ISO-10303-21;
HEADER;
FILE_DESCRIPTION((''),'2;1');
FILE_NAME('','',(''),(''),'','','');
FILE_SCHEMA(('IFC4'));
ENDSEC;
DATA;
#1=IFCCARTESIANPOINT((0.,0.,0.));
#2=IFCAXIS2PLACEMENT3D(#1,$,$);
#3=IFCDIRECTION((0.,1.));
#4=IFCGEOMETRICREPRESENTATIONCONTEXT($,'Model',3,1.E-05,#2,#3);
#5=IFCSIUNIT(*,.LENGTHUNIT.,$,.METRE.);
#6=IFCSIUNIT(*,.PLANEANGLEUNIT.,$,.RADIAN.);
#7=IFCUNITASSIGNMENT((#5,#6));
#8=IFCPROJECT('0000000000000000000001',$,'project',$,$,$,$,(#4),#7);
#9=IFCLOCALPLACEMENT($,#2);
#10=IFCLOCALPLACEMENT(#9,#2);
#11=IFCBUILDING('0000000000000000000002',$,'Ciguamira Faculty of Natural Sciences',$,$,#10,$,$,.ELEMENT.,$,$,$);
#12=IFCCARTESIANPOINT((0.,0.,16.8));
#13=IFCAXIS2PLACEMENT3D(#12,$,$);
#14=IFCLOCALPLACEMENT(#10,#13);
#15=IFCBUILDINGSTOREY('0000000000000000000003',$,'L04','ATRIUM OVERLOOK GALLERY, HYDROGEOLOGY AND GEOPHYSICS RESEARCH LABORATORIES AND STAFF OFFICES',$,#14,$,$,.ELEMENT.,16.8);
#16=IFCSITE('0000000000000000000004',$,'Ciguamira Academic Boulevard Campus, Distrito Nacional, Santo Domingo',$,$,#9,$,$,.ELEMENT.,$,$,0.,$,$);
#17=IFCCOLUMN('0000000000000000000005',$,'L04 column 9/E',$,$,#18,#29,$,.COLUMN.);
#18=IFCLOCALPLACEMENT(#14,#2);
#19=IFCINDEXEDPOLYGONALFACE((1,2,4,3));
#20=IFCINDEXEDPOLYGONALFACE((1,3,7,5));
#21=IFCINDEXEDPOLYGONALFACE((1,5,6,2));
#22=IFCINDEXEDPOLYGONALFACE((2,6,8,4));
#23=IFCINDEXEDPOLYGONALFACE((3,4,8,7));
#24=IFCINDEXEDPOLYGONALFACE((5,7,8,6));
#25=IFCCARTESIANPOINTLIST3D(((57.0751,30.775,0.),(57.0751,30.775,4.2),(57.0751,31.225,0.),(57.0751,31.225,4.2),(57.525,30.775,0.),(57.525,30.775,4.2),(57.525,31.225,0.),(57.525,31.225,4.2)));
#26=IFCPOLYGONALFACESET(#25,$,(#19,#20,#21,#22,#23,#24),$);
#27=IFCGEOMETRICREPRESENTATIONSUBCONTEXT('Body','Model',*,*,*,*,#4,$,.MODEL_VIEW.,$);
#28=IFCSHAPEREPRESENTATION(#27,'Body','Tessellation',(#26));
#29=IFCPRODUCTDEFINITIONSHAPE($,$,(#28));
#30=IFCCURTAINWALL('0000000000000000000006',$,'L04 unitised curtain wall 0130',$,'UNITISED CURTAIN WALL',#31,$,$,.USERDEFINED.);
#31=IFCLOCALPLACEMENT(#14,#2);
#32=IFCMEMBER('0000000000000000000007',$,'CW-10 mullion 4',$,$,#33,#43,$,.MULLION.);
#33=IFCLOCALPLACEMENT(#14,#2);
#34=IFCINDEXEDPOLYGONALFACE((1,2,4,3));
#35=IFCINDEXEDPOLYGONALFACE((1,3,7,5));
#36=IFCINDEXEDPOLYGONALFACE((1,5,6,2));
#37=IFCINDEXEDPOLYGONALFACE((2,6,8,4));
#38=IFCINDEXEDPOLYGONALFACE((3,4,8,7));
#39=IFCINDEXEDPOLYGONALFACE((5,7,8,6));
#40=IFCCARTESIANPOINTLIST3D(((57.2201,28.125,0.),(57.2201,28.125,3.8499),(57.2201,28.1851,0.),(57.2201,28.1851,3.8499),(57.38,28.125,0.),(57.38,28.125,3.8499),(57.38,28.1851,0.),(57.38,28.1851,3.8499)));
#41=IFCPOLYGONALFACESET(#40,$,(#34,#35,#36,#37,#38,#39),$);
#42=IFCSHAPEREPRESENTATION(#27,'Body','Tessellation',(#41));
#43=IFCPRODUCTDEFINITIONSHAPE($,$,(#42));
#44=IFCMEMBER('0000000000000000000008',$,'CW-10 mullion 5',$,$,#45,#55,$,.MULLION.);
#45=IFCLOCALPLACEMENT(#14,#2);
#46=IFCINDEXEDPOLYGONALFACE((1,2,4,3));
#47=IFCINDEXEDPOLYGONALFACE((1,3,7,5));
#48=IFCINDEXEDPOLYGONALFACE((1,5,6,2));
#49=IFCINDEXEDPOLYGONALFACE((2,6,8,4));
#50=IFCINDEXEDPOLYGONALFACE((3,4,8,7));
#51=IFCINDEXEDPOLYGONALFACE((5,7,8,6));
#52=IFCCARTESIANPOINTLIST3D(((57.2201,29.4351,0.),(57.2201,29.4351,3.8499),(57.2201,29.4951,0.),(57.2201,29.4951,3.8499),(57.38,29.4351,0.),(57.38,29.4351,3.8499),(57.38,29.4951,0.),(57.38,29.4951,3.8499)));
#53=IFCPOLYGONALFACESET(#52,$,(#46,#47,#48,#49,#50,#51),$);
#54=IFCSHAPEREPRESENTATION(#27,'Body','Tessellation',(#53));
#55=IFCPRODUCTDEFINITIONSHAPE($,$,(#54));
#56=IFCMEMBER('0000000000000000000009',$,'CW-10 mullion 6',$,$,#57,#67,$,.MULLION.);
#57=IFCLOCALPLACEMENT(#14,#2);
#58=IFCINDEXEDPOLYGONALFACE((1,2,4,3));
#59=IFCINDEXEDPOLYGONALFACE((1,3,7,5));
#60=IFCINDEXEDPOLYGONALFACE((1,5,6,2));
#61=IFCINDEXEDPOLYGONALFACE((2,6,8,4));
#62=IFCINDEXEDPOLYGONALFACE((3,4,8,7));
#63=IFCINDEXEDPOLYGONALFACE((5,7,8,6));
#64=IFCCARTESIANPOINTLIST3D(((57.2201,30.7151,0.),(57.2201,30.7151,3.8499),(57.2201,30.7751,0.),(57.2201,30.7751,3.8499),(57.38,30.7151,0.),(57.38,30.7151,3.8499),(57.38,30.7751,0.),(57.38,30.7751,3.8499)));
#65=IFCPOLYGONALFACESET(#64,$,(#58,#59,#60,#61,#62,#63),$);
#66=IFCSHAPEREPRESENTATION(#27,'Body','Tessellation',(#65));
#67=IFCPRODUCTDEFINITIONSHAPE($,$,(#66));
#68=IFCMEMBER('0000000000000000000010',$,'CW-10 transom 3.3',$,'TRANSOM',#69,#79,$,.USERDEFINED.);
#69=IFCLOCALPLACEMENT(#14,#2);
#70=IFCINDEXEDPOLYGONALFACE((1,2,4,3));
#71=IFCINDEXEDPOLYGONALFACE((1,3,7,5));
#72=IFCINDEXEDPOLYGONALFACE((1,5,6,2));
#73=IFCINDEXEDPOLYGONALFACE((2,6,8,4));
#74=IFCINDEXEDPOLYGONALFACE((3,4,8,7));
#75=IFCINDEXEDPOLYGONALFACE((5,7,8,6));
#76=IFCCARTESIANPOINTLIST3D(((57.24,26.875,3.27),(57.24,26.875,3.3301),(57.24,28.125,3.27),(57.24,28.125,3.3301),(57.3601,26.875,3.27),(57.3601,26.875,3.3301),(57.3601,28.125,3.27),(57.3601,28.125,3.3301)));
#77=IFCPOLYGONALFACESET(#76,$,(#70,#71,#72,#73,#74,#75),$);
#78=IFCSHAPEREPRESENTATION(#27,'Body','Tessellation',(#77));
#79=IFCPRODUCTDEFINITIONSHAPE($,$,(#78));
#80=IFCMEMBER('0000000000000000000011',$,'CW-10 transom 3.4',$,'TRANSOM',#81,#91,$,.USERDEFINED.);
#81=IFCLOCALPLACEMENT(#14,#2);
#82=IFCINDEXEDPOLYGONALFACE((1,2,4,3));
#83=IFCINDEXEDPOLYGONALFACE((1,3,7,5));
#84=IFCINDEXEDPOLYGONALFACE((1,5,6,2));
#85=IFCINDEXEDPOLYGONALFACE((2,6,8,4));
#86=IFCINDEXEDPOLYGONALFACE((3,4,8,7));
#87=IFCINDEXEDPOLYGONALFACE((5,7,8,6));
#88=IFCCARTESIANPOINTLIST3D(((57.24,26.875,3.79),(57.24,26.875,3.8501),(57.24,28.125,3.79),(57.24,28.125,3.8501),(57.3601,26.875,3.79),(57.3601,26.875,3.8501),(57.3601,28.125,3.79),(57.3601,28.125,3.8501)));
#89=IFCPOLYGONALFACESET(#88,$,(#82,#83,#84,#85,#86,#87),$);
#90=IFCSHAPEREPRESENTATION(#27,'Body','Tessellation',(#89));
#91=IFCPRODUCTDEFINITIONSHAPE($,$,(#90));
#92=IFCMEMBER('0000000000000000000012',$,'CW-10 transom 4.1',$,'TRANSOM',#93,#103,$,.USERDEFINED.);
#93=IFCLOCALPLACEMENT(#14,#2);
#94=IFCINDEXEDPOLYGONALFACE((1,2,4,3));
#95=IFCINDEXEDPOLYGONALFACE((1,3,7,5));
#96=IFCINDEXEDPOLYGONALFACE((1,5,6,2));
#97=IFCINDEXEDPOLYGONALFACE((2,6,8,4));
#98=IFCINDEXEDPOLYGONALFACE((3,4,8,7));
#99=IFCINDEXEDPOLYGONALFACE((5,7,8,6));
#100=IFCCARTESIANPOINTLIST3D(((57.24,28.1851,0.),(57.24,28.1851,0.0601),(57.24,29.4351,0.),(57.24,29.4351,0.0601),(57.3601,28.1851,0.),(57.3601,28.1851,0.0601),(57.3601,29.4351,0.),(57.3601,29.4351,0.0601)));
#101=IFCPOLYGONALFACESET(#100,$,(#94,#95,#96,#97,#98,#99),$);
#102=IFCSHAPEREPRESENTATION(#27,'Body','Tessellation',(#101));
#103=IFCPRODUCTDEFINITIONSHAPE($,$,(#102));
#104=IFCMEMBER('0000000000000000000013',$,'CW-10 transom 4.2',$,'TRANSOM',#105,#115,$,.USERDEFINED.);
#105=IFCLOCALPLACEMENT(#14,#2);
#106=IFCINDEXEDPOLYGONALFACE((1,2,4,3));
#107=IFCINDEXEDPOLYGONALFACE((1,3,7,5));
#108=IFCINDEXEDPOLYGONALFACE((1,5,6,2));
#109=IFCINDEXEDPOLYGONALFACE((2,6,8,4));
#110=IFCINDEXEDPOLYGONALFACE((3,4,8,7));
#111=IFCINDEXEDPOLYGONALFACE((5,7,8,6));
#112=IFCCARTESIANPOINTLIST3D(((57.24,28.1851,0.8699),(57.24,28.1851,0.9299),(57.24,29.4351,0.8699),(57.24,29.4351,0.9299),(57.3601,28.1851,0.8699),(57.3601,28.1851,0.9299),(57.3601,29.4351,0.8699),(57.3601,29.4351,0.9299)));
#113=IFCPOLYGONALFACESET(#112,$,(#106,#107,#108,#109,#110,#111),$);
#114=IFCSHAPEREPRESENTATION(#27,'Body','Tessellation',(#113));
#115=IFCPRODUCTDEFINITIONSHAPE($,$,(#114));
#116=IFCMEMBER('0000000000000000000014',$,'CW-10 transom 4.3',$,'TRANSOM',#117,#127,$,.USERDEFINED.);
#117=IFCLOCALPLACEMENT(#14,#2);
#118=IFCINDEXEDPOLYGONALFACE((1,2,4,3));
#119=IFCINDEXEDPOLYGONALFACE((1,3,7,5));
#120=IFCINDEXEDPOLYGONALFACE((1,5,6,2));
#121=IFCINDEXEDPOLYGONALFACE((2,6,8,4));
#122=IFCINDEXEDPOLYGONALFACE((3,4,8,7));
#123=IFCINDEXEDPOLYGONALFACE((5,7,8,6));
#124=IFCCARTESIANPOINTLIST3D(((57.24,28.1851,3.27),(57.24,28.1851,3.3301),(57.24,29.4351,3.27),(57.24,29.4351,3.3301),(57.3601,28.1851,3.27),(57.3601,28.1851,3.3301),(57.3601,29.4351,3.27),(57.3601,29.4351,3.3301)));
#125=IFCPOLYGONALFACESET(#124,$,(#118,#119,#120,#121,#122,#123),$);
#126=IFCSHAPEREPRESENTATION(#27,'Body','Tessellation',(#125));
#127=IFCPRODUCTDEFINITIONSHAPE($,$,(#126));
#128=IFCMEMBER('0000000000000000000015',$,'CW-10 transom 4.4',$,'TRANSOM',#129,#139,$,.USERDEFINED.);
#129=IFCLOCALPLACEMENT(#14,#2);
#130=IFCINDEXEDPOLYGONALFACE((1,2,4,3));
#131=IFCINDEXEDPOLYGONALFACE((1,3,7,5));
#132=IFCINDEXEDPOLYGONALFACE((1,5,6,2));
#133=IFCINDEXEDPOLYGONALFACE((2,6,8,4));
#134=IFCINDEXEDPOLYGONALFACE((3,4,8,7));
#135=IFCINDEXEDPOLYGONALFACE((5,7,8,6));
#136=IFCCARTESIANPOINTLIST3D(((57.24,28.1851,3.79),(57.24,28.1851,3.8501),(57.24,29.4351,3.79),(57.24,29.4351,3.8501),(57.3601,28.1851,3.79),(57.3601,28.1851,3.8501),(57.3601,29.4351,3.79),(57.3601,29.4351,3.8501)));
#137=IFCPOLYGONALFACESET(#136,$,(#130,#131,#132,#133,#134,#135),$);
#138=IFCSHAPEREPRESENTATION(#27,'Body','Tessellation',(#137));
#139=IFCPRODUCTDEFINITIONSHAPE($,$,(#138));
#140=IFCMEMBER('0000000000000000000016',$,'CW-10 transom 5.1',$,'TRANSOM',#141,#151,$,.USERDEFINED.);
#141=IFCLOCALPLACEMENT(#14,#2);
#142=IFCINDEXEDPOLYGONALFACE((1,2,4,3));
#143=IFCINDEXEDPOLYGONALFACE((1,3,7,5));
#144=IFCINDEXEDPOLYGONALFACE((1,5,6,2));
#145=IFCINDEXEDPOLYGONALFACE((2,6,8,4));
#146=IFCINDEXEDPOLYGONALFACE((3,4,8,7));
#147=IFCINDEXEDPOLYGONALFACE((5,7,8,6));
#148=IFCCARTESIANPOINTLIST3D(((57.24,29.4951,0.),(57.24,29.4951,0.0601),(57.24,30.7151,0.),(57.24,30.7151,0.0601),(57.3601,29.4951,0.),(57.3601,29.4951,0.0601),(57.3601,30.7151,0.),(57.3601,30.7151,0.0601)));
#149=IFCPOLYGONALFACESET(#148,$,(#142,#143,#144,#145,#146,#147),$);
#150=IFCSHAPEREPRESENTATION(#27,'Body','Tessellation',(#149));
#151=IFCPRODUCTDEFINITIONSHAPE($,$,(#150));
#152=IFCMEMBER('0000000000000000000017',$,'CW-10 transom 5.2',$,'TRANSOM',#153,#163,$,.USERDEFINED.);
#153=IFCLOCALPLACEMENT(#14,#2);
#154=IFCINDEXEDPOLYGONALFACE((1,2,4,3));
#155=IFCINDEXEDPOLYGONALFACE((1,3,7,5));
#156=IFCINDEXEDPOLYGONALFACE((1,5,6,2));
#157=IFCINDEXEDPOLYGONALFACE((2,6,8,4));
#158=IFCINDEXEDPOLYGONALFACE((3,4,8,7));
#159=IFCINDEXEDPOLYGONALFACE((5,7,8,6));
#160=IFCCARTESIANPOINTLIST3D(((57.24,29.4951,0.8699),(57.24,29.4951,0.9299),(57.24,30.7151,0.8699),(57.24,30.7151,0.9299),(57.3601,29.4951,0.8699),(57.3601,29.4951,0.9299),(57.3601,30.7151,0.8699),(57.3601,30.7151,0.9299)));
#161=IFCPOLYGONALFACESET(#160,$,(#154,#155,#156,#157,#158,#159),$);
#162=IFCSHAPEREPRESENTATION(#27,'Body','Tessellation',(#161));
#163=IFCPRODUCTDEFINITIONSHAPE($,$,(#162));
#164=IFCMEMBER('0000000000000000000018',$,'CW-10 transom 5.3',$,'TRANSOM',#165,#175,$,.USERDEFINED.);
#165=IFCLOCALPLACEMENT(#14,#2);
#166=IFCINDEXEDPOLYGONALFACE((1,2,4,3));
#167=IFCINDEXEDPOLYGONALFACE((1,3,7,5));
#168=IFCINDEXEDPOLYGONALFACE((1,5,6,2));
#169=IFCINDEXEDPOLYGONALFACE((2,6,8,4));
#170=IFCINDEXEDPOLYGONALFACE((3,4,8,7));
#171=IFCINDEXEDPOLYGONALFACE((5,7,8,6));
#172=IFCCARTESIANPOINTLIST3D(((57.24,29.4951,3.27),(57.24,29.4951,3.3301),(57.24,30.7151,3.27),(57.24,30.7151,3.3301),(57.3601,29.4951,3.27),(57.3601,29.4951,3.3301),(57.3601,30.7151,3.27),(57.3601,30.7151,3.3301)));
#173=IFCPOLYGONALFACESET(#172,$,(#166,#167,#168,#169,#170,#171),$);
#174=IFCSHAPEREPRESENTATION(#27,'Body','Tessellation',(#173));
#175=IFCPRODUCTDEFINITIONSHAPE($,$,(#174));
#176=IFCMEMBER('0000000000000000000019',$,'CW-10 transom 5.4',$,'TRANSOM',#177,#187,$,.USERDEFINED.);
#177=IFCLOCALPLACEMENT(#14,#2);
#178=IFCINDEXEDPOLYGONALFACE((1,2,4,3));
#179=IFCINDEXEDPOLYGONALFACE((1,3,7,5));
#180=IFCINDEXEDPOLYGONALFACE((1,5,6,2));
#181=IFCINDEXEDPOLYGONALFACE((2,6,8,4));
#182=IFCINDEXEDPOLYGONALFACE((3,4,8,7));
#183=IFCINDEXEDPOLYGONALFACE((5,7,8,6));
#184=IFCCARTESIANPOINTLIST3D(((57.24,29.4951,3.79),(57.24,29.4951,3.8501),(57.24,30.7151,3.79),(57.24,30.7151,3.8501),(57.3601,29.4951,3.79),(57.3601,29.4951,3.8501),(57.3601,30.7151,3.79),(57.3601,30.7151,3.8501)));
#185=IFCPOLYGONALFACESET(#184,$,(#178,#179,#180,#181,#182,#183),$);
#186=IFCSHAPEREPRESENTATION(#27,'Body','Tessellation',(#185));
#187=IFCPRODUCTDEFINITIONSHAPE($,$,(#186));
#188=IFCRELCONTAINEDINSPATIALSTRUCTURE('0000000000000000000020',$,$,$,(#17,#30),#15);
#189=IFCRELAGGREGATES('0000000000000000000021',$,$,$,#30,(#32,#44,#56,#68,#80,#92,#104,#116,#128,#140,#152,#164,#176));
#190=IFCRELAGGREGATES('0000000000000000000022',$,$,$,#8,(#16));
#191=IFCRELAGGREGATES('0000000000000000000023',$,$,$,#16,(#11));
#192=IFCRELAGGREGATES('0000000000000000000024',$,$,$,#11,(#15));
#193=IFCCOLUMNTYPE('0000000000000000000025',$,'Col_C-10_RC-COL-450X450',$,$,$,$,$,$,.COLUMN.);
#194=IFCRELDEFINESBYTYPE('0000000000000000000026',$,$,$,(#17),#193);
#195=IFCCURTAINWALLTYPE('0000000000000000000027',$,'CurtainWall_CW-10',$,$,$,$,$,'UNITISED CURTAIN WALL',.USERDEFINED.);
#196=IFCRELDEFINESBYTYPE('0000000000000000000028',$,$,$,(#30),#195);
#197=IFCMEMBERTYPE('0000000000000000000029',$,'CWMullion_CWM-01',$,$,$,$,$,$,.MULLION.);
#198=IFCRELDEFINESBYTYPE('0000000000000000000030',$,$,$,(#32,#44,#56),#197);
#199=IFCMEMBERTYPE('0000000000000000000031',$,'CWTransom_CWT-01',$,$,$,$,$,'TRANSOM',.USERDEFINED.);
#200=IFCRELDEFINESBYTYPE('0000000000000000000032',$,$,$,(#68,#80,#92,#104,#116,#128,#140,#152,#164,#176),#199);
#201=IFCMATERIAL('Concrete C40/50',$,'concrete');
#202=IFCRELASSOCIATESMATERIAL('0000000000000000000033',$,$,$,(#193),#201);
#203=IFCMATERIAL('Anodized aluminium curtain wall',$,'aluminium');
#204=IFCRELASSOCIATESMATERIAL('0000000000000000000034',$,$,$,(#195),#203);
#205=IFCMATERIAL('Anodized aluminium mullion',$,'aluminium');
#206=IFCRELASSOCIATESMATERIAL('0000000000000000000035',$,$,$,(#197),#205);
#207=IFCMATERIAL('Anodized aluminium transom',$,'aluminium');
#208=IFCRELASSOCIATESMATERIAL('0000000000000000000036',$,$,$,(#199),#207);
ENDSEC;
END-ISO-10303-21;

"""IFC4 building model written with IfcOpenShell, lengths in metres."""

from ifc_helpers import new_model, si_unit, direction, frame, origin, origin_2d, place, context, subcontext, project, spatial, rectangle, extrude, material, material_profile, profile_set, type_object, element, aggregate, save


model = new_model("IFC4")

# Units and contexts
model_context = context("Model", 3, precision=1e-05, world=origin(), true_north=direction((0.0, 1.0)))
body_context = subcontext(model_context, "Body", "Model", "MODEL_VIEW")
ifc_project = project(units=[si_unit("LENGTHUNIT", "METRE"), si_unit("PLANEANGLEUNIT", "RADIAN")], contexts=[model_context])

# Site, building, storey
site_placement = place(None, origin())
site = spatial("IfcSite", under=ifc_project, at=site_placement, Name="Ciguamira Academic Boulevard Campus, Distrito Nacional, Santo Domingo", CompositionType="ELEMENT", RefElevation=0.0)
building_placement = place(site_placement, origin())
building = spatial("IfcBuilding", under=site, at=building_placement, Name="Ciguamira Faculty of Natural Sciences", CompositionType="ELEMENT")
storey_placement = place(building_placement, frame((0.0, 0.0, 16.8)))
storey = spatial("IfcBuildingStorey", under=building, at=storey_placement, Name="L04", Description="ATRIUM OVERLOOK GALLERY, HYDROGEOLOGY AND GEOPHYSICS RESEARCH LABORATORIES AND STAFF OFFICES", CompositionType="ELEMENT", Elevation=16.8)

# Column
ifc_material_1 = material(Name="Concrete C40/50", Category="concrete")
ifc_material_profile_1 = material_profile(ifc_material_1, rectangle(XDim=0.45, YDim=0.45, at=origin_2d()), Name="RC-COL-450X450")
ifc_profile_set_1 = profile_set([ifc_material_profile_1], Name="Concrete C40/50")
column_type = type_object("IfcColumnType", Name="Col_C-10_RC-COL-450X450", PredefinedType="COLUMN", material=ifc_profile_set_1)
column_placement = place(storey_placement, frame((57.3, 31.0, 0.0), z_axis=(0.0, 0.0, 1.0), x_axis=(1.0, 0.0, 0.0)))
element("IfcColumn", 1, at=column_placement, inside=storey, type_object=column_type, Name="L04 column 9/E", PredefinedType="COLUMN", context=body_context, shape_type="SweptSolid", body=[
    extrude(rectangle(XDim=0.45, YDim=0.45, at=origin_2d()), origin(), (0.0, 0.0, 1.0), 4.2),
])

# Curtain wall, members
ifc_material_2 = material(Name="Anodized aluminium curtain wall", Category="aluminium")
curtain_wall_type = type_object("IfcCurtainWallType", Name="CurtainWall_CW-10", ElementType="UNITISED CURTAIN WALL", PredefinedType="USERDEFINED", material=ifc_material_2)
curtain_wall_placement = place(storey_placement, origin())
curtain_wall = element("IfcCurtainWall", 2, at=curtain_wall_placement, inside=storey, type_object=curtain_wall_type, Name="L04 unitised curtain wall 0130", ObjectType="UNITISED CURTAIN WALL", PredefinedType="USERDEFINED")
ifc_material_3 = material(Name="Anodized aluminium mullion", Category="aluminium")
ifc_material_profile_2 = material_profile(ifc_material_3, rectangle(XDim=0.0601, YDim=0.1599, at=origin_2d()), Name="ALU-MUL-60X160")
ifc_profile_set_2 = profile_set([ifc_material_profile_2], Name="Anodized aluminium mullion")
member_type_1 = type_object("IfcMemberType", Name="CWMullion_CWM-01", PredefinedType="MULLION", material=ifc_profile_set_2)
member_1_placement = place(storey_placement, frame((57.3, 28.155, 0.0), z_axis=(0.0, 0.0, 1.0), x_axis=(0.0, 1.0, 0.0)))
member_1 = element("IfcMember", 3, at=member_1_placement, type_object=member_type_1, Name="CW-10 mullion 4", PredefinedType="MULLION", context=body_context, shape_type="SweptSolid", body=[
    extrude(rectangle(XDim=0.0601, YDim=0.1599, at=origin_2d()), origin(), (0.0, 0.0, 1.0), 3.8499),
])
member_2_placement = place(storey_placement, frame((57.3, 29.4651, 0.0), z_axis=(0.0, 0.0, 1.0), x_axis=(0.0, 1.0, 0.0)))
member_2 = element("IfcMember", 4, at=member_2_placement, type_object=member_type_1, Name="CW-10 mullion 5", PredefinedType="MULLION", context=body_context, shape_type="SweptSolid", body=[
    extrude(rectangle(XDim=0.0601, YDim=0.1599, at=origin_2d()), origin(), (0.0, 0.0, 1.0), 3.8499),
])
member_3_placement = place(storey_placement, frame((57.3, 30.7451, 0.0), z_axis=(0.0, 0.0, 1.0), x_axis=(0.0, 1.0, 0.0)))
member_3 = element("IfcMember", 5, at=member_3_placement, type_object=member_type_1, Name="CW-10 mullion 6", PredefinedType="MULLION", context=body_context, shape_type="SweptSolid", body=[
    extrude(rectangle(XDim=0.0601, YDim=0.1599, at=origin_2d()), origin(), (0.0, 0.0, 1.0), 3.8499),
])
ifc_material_4 = material(Name="Anodized aluminium transom", Category="aluminium")
ifc_material_profile_3 = material_profile(ifc_material_4, rectangle(XDim=0.0601, YDim=0.1201, at=origin_2d()), Name="ALU-TRN-60X120")
ifc_profile_set_3 = profile_set([ifc_material_profile_3], Name="Anodized aluminium transom")
member_type_2 = type_object("IfcMemberType", Name="CWTransom_CWT-01", ElementType="TRANSOM", PredefinedType="USERDEFINED", material=ifc_profile_set_3)
member_4_placement = place(storey_placement, frame((57.3, 26.875, 3.3), z_axis=(0.0, 1.0, 0.0), x_axis=(0.0, 0.0, 1.0)))
member_4 = element("IfcMember", 6, at=member_4_placement, type_object=member_type_2, Name="CW-10 transom 3.3", ObjectType="TRANSOM", PredefinedType="USERDEFINED", context=body_context, shape_type="SweptSolid", body=[
    extrude(rectangle(XDim=0.0601, YDim=0.1201, at=origin_2d()), origin(), (0.0, 0.0, 1.0), 1.25),
])
member_5_placement = place(storey_placement, frame((57.3, 26.875, 3.8201), z_axis=(0.0, 1.0, 0.0), x_axis=(0.0, 0.0, 1.0)))
member_5 = element("IfcMember", 7, at=member_5_placement, type_object=member_type_2, Name="CW-10 transom 3.4", ObjectType="TRANSOM", PredefinedType="USERDEFINED", context=body_context, shape_type="SweptSolid", body=[
    extrude(rectangle(XDim=0.0601, YDim=0.1201, at=origin_2d()), origin(), (0.0, 0.0, 1.0), 1.25),
])
member_6_placement = place(storey_placement, frame((57.3, 28.1851, 0.03), z_axis=(0.0, 1.0, 0.0), x_axis=(0.0, 0.0, 1.0)))
member_6 = element("IfcMember", 8, at=member_6_placement, type_object=member_type_2, Name="CW-10 transom 4.1", ObjectType="TRANSOM", PredefinedType="USERDEFINED", context=body_context, shape_type="SweptSolid", body=[
    extrude(rectangle(XDim=0.0601, YDim=0.1201, at=origin_2d()), origin(), (0.0, 0.0, 1.0), 1.25),
])
member_7_placement = place(storey_placement, frame((57.3, 28.1851, 0.8999), z_axis=(0.0, 1.0, 0.0), x_axis=(0.0, 0.0, 1.0)))
member_7 = element("IfcMember", 9, at=member_7_placement, type_object=member_type_2, Name="CW-10 transom 4.2", ObjectType="TRANSOM", PredefinedType="USERDEFINED", context=body_context, shape_type="SweptSolid", body=[
    extrude(rectangle(XDim=0.0601, YDim=0.1201, at=origin_2d()), origin(), (0.0, 0.0, 1.0), 1.25),
])
member_8_placement = place(storey_placement, frame((57.3, 28.1851, 3.3), z_axis=(0.0, 1.0, 0.0), x_axis=(0.0, 0.0, 1.0)))
member_8 = element("IfcMember", 10, at=member_8_placement, type_object=member_type_2, Name="CW-10 transom 4.3", ObjectType="TRANSOM", PredefinedType="USERDEFINED", context=body_context, shape_type="SweptSolid", body=[
    extrude(rectangle(XDim=0.0601, YDim=0.1201, at=origin_2d()), origin(), (0.0, 0.0, 1.0), 1.25),
])
member_9_placement = place(storey_placement, frame((57.3, 28.1851, 3.8201), z_axis=(0.0, 1.0, 0.0), x_axis=(0.0, 0.0, 1.0)))
member_9 = element("IfcMember", 11, at=member_9_placement, type_object=member_type_2, Name="CW-10 transom 4.4", ObjectType="TRANSOM", PredefinedType="USERDEFINED", context=body_context, shape_type="SweptSolid", body=[
    extrude(rectangle(XDim=0.0601, YDim=0.1201, at=origin_2d()), origin(), (0.0, 0.0, 1.0), 1.25),
])
member_10_placement = place(storey_placement, frame((57.3, 29.4951, 0.03), z_axis=(0.0, 1.0, 0.0), x_axis=(0.0, 0.0, 1.0)))
member_10 = element("IfcMember", 12, at=member_10_placement, type_object=member_type_2, Name="CW-10 transom 5.1", ObjectType="TRANSOM", PredefinedType="USERDEFINED", context=body_context, shape_type="SweptSolid", body=[
    extrude(rectangle(XDim=0.0601, YDim=0.1201, at=origin_2d()), origin(), (0.0, 0.0, 1.0), 1.22),
])
member_11_placement = place(storey_placement, frame((57.3, 29.4951, 0.8999), z_axis=(0.0, 1.0, 0.0), x_axis=(0.0, 0.0, 1.0)))
member_11 = element("IfcMember", 13, at=member_11_placement, type_object=member_type_2, Name="CW-10 transom 5.2", ObjectType="TRANSOM", PredefinedType="USERDEFINED", context=body_context, shape_type="SweptSolid", body=[
    extrude(rectangle(XDim=0.0601, YDim=0.1201, at=origin_2d()), origin(), (0.0, 0.0, 1.0), 1.22),
])
member_12_placement = place(storey_placement, frame((57.3, 29.4951, 3.3), z_axis=(0.0, 1.0, 0.0), x_axis=(0.0, 0.0, 1.0)))
member_12 = element("IfcMember", 14, at=member_12_placement, type_object=member_type_2, Name="CW-10 transom 5.3", ObjectType="TRANSOM", PredefinedType="USERDEFINED", context=body_context, shape_type="SweptSolid", body=[
    extrude(rectangle(XDim=0.0601, YDim=0.1201, at=origin_2d()), origin(), (0.0, 0.0, 1.0), 1.22),
])
member_13_placement = place(storey_placement, frame((57.3, 29.4951, 3.8201), z_axis=(0.0, 1.0, 0.0), x_axis=(0.0, 0.0, 1.0)))
member_13 = element("IfcMember", 15, at=member_13_placement, type_object=member_type_2, Name="CW-10 transom 5.4", ObjectType="TRANSOM", PredefinedType="USERDEFINED", context=body_context, shape_type="SweptSolid", body=[
    extrude(rectangle(XDim=0.0601, YDim=0.1201, at=origin_2d()), origin(), (0.0, 0.0, 1.0), 1.22),
])
aggregate(curtain_wall, [member_1, member_2, member_3, member_4, member_5, member_6, member_7, member_8, member_9, member_10, member_11, member_12, member_13])

save(model, "model.ifc")
